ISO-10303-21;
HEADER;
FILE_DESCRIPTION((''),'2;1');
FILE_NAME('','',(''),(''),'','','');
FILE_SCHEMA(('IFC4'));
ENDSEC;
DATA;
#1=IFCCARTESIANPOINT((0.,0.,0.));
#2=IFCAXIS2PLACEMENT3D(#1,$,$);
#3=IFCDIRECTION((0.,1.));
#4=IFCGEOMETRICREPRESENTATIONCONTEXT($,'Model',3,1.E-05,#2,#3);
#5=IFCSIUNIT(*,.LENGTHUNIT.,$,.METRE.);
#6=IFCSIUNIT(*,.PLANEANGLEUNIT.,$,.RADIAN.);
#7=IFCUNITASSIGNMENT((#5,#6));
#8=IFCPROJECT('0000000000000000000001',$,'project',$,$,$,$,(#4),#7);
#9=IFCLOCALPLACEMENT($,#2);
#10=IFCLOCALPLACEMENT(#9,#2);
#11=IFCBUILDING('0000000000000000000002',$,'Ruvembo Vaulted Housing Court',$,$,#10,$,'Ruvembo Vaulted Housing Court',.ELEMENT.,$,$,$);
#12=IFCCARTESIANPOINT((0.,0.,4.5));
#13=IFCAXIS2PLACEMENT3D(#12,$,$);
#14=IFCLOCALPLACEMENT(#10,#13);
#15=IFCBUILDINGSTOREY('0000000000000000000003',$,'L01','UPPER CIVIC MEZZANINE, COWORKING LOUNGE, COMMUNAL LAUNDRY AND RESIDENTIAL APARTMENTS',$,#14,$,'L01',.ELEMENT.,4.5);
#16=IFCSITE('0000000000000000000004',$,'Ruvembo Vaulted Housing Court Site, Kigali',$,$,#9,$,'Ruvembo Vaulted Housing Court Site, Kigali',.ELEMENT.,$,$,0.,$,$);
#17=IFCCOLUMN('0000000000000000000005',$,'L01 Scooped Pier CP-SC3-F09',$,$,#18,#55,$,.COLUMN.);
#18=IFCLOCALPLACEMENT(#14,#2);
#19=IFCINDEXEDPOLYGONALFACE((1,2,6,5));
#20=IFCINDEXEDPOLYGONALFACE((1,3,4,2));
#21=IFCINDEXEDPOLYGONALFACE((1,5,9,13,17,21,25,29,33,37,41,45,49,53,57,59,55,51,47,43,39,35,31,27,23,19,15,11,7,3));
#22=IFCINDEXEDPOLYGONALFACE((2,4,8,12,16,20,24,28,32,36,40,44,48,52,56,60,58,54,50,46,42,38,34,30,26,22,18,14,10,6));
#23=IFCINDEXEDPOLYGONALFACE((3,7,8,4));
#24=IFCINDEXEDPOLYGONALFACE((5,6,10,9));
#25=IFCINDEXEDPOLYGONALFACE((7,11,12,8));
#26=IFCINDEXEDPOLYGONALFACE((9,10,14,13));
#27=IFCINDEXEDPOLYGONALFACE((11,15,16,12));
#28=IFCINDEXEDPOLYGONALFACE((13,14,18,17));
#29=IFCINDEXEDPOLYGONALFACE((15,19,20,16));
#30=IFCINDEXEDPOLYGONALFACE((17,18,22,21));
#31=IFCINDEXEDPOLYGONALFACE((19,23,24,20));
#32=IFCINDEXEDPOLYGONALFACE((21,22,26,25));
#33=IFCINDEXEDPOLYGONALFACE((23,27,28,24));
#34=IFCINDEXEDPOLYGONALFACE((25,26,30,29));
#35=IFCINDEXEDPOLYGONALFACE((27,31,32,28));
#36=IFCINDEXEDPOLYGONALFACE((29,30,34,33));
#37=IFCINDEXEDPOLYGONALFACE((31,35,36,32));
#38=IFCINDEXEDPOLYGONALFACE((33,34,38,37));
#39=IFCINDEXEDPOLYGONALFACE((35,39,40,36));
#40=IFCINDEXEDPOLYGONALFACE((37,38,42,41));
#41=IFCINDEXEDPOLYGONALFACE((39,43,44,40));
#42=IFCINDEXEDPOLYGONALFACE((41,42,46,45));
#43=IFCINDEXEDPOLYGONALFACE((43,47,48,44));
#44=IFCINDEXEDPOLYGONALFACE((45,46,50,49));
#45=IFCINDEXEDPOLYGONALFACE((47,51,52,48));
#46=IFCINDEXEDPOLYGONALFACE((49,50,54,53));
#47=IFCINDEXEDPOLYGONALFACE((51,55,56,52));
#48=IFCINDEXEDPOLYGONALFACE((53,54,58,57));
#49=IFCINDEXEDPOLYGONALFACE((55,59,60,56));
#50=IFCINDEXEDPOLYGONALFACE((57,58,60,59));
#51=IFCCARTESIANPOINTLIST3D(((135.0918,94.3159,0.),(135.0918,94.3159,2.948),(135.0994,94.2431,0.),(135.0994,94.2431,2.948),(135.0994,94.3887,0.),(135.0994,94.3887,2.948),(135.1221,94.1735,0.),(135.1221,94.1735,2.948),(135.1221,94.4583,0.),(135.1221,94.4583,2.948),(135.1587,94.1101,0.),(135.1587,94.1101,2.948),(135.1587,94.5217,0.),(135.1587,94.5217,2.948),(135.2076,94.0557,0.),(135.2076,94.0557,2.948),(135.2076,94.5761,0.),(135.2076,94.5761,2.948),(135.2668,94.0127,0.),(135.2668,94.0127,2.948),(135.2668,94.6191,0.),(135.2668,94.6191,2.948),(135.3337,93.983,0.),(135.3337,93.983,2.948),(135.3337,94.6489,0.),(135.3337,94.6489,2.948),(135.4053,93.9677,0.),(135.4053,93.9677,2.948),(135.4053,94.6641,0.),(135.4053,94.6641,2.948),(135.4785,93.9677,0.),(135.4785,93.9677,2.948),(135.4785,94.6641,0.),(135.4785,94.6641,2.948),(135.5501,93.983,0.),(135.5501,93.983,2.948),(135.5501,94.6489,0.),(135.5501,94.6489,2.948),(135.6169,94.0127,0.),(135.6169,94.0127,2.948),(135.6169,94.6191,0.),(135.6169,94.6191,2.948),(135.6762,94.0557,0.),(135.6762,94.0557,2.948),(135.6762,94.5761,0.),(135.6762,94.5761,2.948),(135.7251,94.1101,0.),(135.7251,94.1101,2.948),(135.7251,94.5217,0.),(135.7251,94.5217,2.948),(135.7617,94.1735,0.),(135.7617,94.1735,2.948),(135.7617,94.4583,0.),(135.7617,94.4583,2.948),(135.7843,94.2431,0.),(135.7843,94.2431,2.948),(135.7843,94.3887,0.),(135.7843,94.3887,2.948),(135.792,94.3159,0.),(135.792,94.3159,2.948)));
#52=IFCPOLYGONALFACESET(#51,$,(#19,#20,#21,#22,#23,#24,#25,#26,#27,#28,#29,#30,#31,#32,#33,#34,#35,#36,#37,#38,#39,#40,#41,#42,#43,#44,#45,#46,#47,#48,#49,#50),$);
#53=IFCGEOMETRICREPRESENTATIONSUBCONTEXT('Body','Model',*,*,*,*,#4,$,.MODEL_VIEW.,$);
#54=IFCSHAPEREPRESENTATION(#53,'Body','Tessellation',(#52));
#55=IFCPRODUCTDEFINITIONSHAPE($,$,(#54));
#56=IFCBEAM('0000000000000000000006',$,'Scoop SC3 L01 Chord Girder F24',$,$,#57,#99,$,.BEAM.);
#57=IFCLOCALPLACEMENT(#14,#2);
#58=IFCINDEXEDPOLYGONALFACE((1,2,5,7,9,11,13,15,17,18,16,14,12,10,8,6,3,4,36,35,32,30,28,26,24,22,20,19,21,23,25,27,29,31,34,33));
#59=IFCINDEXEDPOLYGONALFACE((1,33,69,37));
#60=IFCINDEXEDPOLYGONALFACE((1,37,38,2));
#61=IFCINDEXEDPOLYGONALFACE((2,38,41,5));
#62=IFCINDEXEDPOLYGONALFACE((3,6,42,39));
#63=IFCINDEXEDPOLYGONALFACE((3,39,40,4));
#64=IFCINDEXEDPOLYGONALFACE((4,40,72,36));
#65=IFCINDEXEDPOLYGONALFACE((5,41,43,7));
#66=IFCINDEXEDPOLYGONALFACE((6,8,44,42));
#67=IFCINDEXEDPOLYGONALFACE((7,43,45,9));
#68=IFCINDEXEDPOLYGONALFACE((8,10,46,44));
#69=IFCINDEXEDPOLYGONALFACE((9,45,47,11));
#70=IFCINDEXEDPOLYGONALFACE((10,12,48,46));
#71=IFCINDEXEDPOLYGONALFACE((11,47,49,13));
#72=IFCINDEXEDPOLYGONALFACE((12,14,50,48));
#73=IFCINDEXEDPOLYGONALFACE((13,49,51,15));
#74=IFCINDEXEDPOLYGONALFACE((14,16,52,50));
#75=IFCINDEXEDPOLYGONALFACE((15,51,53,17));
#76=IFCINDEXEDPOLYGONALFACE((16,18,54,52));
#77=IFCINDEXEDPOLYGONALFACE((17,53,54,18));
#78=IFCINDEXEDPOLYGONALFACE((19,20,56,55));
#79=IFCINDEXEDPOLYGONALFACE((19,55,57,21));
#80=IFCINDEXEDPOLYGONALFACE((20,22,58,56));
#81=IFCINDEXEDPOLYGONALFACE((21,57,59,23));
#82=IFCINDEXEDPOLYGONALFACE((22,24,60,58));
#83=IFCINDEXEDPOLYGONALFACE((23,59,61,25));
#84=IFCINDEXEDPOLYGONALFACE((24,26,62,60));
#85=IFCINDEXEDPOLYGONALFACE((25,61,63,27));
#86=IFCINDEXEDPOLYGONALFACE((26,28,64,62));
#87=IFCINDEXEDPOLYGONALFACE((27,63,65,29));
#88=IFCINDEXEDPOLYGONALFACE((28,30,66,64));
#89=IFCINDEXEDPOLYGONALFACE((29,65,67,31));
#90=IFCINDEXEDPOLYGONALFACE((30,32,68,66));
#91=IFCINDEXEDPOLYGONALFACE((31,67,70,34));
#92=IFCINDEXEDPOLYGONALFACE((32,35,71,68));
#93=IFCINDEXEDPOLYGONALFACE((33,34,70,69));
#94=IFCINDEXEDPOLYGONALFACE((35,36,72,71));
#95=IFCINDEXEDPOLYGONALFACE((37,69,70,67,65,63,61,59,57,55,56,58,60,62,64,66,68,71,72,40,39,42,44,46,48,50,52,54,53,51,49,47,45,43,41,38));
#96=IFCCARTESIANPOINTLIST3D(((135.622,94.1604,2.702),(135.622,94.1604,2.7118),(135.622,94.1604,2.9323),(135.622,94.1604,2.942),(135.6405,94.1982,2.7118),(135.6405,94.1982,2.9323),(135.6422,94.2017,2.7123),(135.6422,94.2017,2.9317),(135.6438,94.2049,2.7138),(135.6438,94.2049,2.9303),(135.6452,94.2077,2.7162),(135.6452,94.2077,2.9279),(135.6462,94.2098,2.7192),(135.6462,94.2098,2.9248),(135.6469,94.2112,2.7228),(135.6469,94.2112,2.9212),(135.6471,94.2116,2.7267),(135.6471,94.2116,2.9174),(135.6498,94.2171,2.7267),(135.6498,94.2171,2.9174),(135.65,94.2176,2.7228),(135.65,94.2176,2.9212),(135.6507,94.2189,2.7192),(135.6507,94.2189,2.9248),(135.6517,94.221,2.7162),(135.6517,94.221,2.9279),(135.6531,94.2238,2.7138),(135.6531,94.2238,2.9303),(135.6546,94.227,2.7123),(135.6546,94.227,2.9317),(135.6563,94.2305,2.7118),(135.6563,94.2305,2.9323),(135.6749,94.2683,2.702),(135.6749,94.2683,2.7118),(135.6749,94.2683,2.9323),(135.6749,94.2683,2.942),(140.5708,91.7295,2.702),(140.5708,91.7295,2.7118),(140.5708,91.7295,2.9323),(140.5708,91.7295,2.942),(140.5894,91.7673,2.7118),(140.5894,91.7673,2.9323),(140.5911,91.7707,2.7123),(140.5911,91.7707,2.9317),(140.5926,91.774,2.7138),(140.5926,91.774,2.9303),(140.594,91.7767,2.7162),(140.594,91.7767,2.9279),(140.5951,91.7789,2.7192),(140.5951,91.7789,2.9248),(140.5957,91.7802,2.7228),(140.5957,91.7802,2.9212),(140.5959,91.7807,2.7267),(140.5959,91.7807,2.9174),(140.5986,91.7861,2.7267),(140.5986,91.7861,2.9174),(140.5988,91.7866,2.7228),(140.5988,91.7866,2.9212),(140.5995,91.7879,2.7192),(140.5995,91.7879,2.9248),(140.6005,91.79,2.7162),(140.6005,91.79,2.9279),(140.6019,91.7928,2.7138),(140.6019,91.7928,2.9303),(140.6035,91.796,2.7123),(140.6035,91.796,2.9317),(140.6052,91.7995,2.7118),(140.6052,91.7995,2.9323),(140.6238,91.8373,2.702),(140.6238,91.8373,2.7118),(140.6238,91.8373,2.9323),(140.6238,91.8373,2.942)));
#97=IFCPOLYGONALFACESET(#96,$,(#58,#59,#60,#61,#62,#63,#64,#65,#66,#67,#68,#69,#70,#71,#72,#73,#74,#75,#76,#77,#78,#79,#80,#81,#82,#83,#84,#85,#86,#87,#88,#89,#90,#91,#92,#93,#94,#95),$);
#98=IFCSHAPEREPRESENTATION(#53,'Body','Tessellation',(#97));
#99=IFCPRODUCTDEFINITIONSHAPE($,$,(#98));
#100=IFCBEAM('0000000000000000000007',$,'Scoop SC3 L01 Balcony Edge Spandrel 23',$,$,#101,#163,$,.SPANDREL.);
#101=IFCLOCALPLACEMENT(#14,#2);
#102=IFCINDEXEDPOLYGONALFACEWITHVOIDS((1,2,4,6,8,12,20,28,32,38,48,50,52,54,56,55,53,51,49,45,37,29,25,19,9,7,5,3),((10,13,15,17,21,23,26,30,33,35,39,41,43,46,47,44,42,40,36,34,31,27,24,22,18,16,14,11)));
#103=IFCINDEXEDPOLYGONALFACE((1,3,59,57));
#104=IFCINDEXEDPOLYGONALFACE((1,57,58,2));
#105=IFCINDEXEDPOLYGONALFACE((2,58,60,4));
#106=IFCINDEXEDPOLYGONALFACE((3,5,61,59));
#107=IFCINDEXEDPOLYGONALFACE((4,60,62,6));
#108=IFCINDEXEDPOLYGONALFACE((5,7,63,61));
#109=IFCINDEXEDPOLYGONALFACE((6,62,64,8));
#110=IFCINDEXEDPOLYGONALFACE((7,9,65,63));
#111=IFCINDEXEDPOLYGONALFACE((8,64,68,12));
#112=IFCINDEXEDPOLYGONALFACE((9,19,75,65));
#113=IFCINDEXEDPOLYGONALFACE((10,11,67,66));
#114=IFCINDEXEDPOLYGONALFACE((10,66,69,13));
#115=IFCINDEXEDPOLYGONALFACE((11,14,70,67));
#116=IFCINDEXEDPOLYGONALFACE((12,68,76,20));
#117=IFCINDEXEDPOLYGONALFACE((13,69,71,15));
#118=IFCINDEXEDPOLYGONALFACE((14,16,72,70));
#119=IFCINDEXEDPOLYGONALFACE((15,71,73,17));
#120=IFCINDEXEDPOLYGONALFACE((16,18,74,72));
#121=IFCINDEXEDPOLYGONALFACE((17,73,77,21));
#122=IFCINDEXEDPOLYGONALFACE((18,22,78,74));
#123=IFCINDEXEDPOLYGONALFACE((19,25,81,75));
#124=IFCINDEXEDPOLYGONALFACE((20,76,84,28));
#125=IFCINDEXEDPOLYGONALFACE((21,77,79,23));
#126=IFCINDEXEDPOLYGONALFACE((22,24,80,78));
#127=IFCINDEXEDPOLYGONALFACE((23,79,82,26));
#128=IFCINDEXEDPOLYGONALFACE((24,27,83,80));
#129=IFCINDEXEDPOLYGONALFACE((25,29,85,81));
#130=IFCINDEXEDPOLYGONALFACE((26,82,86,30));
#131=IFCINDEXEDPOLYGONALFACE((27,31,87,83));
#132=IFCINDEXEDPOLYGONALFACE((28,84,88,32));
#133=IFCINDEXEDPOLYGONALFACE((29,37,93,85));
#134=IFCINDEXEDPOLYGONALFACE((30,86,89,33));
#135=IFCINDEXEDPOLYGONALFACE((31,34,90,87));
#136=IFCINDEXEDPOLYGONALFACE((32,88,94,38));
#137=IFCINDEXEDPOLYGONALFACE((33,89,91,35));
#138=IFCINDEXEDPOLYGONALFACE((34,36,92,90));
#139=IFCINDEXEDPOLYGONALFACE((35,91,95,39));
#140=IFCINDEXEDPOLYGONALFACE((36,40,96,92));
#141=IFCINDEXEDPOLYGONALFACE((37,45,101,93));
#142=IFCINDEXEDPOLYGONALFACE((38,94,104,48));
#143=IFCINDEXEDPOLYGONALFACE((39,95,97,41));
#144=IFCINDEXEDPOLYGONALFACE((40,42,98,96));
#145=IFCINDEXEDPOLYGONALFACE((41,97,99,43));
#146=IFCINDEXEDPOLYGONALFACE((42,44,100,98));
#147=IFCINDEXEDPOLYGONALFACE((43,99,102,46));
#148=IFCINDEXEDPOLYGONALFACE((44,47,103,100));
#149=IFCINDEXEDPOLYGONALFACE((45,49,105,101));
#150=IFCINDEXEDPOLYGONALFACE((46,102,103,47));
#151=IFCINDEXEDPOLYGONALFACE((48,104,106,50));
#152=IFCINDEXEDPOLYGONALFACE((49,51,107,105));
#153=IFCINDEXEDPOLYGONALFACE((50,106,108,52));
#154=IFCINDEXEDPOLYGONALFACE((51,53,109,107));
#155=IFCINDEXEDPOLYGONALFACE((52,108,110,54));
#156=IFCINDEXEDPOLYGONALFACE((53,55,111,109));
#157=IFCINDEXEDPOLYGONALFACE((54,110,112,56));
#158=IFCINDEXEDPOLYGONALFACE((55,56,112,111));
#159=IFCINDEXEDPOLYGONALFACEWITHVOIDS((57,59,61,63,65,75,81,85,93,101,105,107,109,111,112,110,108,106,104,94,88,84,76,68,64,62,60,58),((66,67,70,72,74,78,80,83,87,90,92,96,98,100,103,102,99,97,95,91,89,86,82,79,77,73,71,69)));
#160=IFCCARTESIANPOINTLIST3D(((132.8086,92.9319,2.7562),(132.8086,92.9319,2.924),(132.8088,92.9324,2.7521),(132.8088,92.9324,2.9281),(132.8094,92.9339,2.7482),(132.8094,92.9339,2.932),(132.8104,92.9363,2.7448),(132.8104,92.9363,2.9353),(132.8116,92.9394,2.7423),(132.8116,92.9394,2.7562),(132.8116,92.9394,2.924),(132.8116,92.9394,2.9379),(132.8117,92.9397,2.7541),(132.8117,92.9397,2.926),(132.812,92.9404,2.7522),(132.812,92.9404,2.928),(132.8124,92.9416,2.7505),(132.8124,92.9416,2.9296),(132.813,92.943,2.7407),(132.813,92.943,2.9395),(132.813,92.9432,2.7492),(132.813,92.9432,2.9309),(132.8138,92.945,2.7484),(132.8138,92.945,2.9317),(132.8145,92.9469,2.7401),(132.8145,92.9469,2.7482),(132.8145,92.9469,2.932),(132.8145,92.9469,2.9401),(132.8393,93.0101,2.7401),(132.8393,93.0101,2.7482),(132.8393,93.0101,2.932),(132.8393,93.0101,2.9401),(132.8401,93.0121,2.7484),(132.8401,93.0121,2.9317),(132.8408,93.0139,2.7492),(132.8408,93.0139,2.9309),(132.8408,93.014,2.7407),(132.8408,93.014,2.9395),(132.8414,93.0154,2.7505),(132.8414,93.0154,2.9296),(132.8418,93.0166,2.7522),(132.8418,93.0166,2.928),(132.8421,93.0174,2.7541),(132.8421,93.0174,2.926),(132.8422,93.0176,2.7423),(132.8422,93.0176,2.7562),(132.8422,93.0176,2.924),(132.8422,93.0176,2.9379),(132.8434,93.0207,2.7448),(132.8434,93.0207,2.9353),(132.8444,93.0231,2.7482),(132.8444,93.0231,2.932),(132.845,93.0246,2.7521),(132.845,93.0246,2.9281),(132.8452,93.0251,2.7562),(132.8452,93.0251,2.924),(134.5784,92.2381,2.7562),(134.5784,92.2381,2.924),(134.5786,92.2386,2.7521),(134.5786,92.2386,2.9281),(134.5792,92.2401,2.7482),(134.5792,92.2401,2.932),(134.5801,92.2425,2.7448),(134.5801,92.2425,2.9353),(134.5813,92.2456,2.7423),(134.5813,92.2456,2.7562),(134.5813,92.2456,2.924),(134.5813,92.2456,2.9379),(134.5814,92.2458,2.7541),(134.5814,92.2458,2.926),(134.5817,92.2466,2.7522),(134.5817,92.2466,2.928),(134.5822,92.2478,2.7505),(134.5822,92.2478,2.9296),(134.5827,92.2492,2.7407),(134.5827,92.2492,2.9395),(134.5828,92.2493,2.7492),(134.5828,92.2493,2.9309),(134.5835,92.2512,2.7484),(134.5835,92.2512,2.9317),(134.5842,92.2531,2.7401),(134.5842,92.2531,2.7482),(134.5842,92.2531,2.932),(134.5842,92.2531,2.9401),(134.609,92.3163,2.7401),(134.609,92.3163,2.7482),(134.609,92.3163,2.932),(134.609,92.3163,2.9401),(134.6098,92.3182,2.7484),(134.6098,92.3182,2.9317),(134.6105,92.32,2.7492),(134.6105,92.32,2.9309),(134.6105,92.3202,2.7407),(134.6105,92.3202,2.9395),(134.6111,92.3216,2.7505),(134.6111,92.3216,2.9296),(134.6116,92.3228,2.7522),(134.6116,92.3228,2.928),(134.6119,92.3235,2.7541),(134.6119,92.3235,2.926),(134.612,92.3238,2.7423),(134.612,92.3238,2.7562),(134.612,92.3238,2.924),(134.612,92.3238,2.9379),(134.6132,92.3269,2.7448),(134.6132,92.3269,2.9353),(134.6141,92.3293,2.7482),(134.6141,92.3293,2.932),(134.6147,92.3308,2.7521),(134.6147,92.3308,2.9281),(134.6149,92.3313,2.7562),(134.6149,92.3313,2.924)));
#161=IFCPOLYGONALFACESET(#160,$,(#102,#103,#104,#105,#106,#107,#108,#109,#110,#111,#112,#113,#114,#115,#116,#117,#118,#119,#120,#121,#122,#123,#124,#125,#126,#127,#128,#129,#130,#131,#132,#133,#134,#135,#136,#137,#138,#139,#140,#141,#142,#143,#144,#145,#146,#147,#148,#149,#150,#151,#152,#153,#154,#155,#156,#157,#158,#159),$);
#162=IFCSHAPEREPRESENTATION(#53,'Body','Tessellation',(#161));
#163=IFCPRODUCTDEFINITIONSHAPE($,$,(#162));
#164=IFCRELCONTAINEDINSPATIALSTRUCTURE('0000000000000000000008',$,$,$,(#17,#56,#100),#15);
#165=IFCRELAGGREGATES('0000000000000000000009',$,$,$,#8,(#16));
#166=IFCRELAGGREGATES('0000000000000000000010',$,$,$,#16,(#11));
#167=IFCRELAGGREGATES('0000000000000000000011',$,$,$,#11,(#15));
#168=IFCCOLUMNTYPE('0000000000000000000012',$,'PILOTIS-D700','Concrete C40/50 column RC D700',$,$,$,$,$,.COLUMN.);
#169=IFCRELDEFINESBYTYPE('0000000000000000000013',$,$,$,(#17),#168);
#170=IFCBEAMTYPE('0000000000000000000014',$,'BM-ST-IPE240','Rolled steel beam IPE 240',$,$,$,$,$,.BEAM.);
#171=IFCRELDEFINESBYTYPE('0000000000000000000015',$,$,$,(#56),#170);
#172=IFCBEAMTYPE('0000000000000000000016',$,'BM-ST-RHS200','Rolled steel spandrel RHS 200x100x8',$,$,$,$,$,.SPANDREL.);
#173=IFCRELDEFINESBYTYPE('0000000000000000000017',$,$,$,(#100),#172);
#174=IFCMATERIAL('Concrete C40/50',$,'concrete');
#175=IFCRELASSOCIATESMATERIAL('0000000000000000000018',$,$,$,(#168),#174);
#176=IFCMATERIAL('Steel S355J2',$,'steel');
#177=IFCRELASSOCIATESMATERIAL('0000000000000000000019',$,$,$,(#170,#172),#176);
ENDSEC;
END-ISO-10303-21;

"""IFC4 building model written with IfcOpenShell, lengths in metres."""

from ifc_helpers import new_model, si_unit, direction, frame, origin, origin_2d, place, context, subcontext, project, spatial, hollow_rectangle, circle, i_section, extrude, material, material_profile, profile_set, type_object, element, save


model = new_model("IFC4")

# Units and contexts
model_context = context("Model", 3, precision=1e-05, world=origin(), true_north=direction((0.0, 1.0)))
body_context = subcontext(model_context, "Body", "Model", "MODEL_VIEW")
ifc_project = project(units=[si_unit("LENGTHUNIT", "METRE"), si_unit("PLANEANGLEUNIT", "RADIAN")], contexts=[model_context])

# Site, building, storey
site_placement = place(None, origin())
site = spatial("IfcSite", under=ifc_project, at=site_placement, Name="Ruvembo Vaulted Housing Court Site, Kigali", LongName="Ruvembo Vaulted Housing Court Site, Kigali", CompositionType="ELEMENT", RefElevation=0.0)
building_placement = place(site_placement, origin())
building = spatial("IfcBuilding", under=site, at=building_placement, Name="Ruvembo Vaulted Housing Court", LongName="Ruvembo Vaulted Housing Court", CompositionType="ELEMENT")
storey_placement = place(building_placement, frame((0.0, 0.0, 4.5)))
storey = spatial("IfcBuildingStorey", under=building, at=storey_placement, Name="L01", Description="UPPER CIVIC MEZZANINE, COWORKING LOUNGE, COMMUNAL LAUNDRY AND RESIDENTIAL APARTMENTS", LongName="L01", CompositionType="ELEMENT", Elevation=4.5)

# Column
ifc_material_1 = material(Name="Concrete C40/50", Category="concrete")
ifc_material_profile_1 = material_profile(ifc_material_1, circle(Radius=0.3501, at=origin_2d()), Name="RC D700")
ifc_profile_set_1 = profile_set([ifc_material_profile_1], Name="Concrete C40/50")
column_type = type_object("IfcColumnType", Name="PILOTIS-D700", Description="Concrete C40/50 column RC D700", PredefinedType="COLUMN", material=ifc_profile_set_1)
column_placement = place(storey_placement, frame((135.4419, 94.3159, 0.0), z_axis=(0.0, 0.0, 1.0), x_axis=(1.0, 0.0, 0.0)))
element("IfcColumn", 1, at=column_placement, inside=storey, type_object=column_type, Name="L01 Scooped Pier CP-SC3-F09", PredefinedType="COLUMN", context=body_context, shape_type="SweptSolid", body=[
    extrude(circle(Radius=0.3501, at=origin_2d()), origin(), (0.0, 0.0, 1.0), 2.948),
])

# Beams
ifc_material_2 = material(Name="Steel S355J2", Category="steel")
ifc_material_profile_2 = material_profile(ifc_material_2, i_section(OverallWidth=0.1201, OverallDepth=0.24, WebThickness=0.0061, FlangeThickness=0.0098, FilletRadius=0.0149, at=origin_2d()), Name="IPE 240")
ifc_profile_set_2 = profile_set([ifc_material_profile_2], Name="Steel S355J2")
beam_type_1 = type_object("IfcBeamType", Name="BM-ST-IPE240", Description="Rolled steel beam IPE 240", PredefinedType="BEAM", material=ifc_profile_set_2)
beam_placement = place(storey_placement, frame((135.6484, 94.2144, 2.822), z_axis=(0.897558, -0.440897, 0.0), x_axis=(0.440897, 0.897558, 0.0)))
element("IfcBeam", 2, at=beam_placement, inside=storey, type_object=beam_type_1, Name="Scoop SC3 L01 Chord Girder F24", PredefinedType="BEAM", context=body_context, shape_type="SweptSolid", body=[
    extrude(i_section(OverallWidth=0.1201, OverallDepth=0.24, WebThickness=0.0061, FlangeThickness=0.0098, FilletRadius=0.0149, at=origin_2d()), origin(), (0.0, 0.0, 1.0), 5.5137),
])
ifc_material_profile_3 = material_profile(ifc_material_2, hollow_rectangle(XDim=0.1001, YDim=0.2, WallThickness=0.0081, InnerFilletRadius=0.0081, OuterFilletRadius=0.0161, at=origin_2d()), Name="RHS 200x100x8")
ifc_profile_set_3 = profile_set([ifc_material_profile_3], Name="Steel S355J2")
beam_type_2 = type_object("IfcBeamType", Name="BM-ST-RHS200", Description="Rolled steel spandrel RHS 200x100x8", PredefinedType="SPANDREL", material=ifc_profile_set_3)
for number, where, z_axis, x_axis, name in (
    (3, (132.8269, 92.9785, 2.8401), (0.931006, -0.365005, 0.0), (0.365005, 0.931006, 0.0), "Scoop SC3 L01 Balcony Edge Spandrel 23"),
):
    element("IfcBeam", number, at=place(storey_placement, frame(where, z_axis=z_axis, x_axis=x_axis)), inside=storey, type_object=beam_type_2, Name=name, PredefinedType="SPANDREL", context=body_context, shape_type="SweptSolid", body=[
        extrude(hollow_rectangle(XDim=0.1001, YDim=0.2, WallThickness=0.0081, InnerFilletRadius=0.0081, OuterFilletRadius=0.0161, at=origin_2d()), origin(), (0.0, 0.0, 1.0), 1.9009),
    ])

save(model, "model.ifc")
